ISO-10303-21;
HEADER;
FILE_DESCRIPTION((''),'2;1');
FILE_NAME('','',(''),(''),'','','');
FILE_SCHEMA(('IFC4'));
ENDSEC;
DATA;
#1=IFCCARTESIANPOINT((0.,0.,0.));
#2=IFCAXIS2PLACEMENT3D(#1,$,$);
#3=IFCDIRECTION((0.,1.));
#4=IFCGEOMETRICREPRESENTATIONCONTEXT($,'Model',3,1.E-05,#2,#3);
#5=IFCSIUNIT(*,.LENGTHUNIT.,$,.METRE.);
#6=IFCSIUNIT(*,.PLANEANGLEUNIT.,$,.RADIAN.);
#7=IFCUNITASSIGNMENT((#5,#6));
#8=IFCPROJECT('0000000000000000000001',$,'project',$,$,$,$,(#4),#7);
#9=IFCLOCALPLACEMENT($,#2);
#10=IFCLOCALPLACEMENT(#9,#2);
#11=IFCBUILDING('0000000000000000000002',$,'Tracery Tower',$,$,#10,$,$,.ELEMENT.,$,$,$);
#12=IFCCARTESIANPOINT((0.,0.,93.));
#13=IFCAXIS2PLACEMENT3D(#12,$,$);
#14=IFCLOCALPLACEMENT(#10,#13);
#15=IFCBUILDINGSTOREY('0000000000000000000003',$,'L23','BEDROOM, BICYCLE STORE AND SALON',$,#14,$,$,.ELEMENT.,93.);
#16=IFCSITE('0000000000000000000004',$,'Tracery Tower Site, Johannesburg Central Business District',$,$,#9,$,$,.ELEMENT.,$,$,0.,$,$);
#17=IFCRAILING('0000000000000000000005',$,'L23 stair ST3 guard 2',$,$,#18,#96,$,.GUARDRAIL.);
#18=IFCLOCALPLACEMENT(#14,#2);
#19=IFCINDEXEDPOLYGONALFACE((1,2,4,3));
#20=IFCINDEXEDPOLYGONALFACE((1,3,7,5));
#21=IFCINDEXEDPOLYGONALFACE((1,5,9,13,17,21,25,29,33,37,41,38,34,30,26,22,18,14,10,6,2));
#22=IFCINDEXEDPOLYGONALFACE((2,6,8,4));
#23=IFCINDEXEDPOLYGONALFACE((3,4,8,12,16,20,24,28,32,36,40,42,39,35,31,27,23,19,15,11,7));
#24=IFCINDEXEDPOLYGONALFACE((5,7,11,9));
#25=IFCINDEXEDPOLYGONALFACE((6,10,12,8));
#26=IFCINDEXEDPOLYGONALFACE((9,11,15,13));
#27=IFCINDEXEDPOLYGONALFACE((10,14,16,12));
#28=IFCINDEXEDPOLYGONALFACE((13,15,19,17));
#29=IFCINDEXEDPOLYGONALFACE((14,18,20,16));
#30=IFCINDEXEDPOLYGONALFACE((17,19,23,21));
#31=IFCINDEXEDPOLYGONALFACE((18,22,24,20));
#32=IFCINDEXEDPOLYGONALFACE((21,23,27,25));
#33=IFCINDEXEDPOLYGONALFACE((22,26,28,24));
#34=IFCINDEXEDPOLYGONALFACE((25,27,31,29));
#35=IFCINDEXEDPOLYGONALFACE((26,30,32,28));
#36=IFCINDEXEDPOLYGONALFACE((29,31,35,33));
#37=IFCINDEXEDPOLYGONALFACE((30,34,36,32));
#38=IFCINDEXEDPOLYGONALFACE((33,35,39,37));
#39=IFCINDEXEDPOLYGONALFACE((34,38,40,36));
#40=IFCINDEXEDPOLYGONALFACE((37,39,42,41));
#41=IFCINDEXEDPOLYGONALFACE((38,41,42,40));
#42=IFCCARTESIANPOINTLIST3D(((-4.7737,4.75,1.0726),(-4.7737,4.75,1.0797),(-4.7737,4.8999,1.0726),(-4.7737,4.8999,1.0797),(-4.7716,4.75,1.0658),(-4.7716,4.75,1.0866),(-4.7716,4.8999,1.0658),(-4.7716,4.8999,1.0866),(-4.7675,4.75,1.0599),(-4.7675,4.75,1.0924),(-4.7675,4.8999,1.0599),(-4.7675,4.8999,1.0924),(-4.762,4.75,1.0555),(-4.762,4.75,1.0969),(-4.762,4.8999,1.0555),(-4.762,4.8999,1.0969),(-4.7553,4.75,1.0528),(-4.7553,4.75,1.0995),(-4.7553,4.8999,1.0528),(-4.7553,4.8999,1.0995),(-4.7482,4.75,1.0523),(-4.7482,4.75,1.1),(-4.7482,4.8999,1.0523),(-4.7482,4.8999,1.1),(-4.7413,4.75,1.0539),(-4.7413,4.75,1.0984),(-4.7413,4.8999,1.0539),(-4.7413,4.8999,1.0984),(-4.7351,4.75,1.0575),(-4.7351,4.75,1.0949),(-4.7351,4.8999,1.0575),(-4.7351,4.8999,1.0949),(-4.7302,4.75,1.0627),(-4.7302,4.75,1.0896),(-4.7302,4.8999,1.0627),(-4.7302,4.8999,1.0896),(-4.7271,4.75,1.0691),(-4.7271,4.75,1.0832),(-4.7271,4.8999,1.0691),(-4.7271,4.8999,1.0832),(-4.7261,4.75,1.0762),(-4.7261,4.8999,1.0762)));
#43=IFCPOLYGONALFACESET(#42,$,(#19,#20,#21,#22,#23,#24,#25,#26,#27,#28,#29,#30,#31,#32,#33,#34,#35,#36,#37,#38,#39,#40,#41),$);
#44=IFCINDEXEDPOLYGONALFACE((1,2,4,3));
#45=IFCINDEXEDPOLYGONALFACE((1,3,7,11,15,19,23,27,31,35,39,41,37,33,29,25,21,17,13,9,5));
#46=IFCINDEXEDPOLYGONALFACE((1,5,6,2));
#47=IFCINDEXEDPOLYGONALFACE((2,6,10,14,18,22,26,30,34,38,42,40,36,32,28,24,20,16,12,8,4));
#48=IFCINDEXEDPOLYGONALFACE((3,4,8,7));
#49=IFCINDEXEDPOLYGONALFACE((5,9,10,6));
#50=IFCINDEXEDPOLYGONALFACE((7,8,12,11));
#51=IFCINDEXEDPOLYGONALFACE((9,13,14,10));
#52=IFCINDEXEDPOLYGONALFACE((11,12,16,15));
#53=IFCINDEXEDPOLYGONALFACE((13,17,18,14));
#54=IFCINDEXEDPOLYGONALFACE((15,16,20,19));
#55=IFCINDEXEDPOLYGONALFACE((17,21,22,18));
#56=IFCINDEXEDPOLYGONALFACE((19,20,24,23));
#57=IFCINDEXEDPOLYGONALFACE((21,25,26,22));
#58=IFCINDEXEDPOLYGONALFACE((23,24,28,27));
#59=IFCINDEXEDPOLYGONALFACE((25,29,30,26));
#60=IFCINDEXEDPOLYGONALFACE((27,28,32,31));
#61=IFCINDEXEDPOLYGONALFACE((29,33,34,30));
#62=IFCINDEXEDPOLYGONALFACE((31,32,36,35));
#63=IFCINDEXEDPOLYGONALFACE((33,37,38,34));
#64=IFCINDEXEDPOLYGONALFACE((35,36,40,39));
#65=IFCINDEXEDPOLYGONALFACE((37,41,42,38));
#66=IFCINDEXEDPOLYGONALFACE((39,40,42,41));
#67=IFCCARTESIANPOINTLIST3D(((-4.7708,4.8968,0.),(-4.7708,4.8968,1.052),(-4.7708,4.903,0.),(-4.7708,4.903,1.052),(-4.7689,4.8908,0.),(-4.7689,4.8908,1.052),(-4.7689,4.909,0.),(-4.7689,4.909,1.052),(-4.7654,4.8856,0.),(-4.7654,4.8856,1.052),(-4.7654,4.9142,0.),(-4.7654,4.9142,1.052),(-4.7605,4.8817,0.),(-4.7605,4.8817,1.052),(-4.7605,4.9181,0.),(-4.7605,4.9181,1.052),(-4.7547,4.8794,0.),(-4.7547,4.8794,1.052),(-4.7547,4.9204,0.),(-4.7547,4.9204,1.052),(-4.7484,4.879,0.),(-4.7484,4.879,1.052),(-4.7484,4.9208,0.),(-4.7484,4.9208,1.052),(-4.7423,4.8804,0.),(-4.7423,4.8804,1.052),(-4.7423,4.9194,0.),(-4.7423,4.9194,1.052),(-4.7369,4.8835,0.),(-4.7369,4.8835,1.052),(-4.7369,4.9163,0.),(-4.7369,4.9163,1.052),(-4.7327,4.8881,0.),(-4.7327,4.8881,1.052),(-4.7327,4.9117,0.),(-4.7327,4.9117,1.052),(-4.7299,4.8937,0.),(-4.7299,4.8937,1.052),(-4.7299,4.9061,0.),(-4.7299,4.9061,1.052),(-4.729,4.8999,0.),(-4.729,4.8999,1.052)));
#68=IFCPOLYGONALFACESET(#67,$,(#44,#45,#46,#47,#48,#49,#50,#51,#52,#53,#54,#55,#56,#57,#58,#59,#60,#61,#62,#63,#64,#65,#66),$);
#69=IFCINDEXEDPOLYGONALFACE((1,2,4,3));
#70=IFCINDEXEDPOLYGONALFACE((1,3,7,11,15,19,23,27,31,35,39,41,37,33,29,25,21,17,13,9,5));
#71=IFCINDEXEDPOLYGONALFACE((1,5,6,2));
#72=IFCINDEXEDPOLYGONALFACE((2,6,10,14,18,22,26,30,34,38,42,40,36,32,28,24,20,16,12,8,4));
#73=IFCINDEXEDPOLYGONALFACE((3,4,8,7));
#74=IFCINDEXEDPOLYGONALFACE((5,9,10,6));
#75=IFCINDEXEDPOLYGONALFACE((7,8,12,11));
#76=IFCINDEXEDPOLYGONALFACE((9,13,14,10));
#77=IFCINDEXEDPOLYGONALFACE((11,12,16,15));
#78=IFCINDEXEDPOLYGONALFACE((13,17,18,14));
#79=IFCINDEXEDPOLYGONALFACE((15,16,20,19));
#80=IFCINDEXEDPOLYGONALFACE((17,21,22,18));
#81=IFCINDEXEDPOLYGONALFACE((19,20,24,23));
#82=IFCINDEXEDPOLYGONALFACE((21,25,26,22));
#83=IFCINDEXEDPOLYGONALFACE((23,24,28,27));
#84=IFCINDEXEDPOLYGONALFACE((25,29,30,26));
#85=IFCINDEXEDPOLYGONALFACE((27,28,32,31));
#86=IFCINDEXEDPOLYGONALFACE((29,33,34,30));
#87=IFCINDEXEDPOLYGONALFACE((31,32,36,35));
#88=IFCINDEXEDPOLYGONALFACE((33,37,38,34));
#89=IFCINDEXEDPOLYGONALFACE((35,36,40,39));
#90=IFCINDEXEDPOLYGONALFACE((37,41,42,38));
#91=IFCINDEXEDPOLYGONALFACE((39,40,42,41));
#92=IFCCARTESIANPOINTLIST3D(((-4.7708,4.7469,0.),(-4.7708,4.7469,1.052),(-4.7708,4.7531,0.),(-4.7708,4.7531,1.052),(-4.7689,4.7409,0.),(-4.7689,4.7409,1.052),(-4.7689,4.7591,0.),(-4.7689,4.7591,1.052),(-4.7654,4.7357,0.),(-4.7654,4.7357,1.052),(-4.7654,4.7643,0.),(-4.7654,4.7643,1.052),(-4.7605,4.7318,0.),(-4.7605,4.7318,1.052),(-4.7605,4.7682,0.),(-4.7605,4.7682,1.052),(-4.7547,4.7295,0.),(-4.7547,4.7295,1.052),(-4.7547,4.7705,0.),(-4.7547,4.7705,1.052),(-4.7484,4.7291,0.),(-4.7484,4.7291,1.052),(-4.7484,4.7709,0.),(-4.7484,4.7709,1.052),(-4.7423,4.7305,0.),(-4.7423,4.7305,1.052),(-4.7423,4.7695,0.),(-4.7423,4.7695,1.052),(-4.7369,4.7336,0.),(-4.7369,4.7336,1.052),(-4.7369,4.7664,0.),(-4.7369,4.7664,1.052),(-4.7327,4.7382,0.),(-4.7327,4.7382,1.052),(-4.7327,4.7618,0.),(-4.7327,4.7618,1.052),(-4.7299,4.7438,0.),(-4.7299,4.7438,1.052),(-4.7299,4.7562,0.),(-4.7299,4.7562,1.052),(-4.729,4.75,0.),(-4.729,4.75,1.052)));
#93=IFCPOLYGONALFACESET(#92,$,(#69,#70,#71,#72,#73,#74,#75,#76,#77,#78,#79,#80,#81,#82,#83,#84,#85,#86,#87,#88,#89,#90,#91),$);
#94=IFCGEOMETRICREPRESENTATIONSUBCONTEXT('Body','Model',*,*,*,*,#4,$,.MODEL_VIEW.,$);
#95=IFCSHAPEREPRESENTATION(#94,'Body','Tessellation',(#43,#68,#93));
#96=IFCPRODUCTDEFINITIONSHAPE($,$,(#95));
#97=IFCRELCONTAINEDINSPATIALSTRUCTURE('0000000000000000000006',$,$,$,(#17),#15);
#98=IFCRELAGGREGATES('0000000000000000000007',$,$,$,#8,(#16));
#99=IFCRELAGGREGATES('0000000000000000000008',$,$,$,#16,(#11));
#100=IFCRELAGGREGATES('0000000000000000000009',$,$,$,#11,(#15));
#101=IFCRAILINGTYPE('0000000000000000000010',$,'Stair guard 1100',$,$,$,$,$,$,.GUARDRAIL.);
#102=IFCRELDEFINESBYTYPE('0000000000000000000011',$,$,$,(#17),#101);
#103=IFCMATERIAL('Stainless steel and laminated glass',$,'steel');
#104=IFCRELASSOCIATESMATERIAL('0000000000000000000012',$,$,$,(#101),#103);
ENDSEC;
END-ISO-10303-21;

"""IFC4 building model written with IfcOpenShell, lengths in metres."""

from ifc_helpers import new_model, si_unit, direction, frame, origin, origin_2d, place, context, subcontext, project, spatial, circle, extrude, material, type_object, element, save


model = new_model("IFC4")

# Units and contexts
model_context = context("Model", 3, precision=1e-05, world=origin(), true_north=direction((0.0, 1.0)))
body_context = subcontext(model_context, "Body", "Model", "MODEL_VIEW")
ifc_project = project(units=[si_unit("LENGTHUNIT", "METRE"), si_unit("PLANEANGLEUNIT", "RADIAN")], contexts=[model_context])

# Site, building, storey
site_placement = place(None, origin())
site = spatial("IfcSite", under=ifc_project, at=site_placement, Name="Tracery Tower Site, Johannesburg Central Business District", CompositionType="ELEMENT", RefElevation=0.0)
building_placement = place(site_placement, origin())
building = spatial("IfcBuilding", under=site, at=building_placement, Name="Tracery Tower", CompositionType="ELEMENT")
storey_placement = place(building_placement, frame((0.0, 0.0, 93.0)))
storey = spatial("IfcBuildingStorey", under=building, at=storey_placement, Name="L23", Description="BEDROOM, BICYCLE STORE AND SALON", CompositionType="ELEMENT", Elevation=93.0)

# Railing
ifc_material_1 = material(Name="Stainless steel and laminated glass", Category="steel")
railing_type_1 = type_object("IfcRailingType", Name="Stair guard 1100", PredefinedType="GUARDRAIL", material=ifc_material_1)
railing_1_placement = place(storey_placement, frame((-4.75, 4.8999, 0.0)))
element("IfcRailing", 1, at=railing_1_placement, inside=storey, type_object=railing_type_1, Name="L23 stair ST3 guard 2", PredefinedType="GUARDRAIL", context=body_context, shape_type="SweptSolid", body=[
    extrude(circle(Radius=0.0239, at=origin_2d()), frame((0.0, 0.0, 1.0762), z_axis=(0.0, -1.0, 0.0), x_axis=(1.0, 0.0, 0.0)), (0.0, 0.0, 1.0), 0.1499),
    extrude(circle(Radius=0.021, at=origin_2d()), origin(), (0.0, 0.0, 1.0), 1.052),
    extrude(circle(Radius=0.021, at=origin_2d()), frame((0.0, -0.1499, 0.0)), (0.0, 0.0, 1.0), 1.052),
])

save(model, "model.ifc")
